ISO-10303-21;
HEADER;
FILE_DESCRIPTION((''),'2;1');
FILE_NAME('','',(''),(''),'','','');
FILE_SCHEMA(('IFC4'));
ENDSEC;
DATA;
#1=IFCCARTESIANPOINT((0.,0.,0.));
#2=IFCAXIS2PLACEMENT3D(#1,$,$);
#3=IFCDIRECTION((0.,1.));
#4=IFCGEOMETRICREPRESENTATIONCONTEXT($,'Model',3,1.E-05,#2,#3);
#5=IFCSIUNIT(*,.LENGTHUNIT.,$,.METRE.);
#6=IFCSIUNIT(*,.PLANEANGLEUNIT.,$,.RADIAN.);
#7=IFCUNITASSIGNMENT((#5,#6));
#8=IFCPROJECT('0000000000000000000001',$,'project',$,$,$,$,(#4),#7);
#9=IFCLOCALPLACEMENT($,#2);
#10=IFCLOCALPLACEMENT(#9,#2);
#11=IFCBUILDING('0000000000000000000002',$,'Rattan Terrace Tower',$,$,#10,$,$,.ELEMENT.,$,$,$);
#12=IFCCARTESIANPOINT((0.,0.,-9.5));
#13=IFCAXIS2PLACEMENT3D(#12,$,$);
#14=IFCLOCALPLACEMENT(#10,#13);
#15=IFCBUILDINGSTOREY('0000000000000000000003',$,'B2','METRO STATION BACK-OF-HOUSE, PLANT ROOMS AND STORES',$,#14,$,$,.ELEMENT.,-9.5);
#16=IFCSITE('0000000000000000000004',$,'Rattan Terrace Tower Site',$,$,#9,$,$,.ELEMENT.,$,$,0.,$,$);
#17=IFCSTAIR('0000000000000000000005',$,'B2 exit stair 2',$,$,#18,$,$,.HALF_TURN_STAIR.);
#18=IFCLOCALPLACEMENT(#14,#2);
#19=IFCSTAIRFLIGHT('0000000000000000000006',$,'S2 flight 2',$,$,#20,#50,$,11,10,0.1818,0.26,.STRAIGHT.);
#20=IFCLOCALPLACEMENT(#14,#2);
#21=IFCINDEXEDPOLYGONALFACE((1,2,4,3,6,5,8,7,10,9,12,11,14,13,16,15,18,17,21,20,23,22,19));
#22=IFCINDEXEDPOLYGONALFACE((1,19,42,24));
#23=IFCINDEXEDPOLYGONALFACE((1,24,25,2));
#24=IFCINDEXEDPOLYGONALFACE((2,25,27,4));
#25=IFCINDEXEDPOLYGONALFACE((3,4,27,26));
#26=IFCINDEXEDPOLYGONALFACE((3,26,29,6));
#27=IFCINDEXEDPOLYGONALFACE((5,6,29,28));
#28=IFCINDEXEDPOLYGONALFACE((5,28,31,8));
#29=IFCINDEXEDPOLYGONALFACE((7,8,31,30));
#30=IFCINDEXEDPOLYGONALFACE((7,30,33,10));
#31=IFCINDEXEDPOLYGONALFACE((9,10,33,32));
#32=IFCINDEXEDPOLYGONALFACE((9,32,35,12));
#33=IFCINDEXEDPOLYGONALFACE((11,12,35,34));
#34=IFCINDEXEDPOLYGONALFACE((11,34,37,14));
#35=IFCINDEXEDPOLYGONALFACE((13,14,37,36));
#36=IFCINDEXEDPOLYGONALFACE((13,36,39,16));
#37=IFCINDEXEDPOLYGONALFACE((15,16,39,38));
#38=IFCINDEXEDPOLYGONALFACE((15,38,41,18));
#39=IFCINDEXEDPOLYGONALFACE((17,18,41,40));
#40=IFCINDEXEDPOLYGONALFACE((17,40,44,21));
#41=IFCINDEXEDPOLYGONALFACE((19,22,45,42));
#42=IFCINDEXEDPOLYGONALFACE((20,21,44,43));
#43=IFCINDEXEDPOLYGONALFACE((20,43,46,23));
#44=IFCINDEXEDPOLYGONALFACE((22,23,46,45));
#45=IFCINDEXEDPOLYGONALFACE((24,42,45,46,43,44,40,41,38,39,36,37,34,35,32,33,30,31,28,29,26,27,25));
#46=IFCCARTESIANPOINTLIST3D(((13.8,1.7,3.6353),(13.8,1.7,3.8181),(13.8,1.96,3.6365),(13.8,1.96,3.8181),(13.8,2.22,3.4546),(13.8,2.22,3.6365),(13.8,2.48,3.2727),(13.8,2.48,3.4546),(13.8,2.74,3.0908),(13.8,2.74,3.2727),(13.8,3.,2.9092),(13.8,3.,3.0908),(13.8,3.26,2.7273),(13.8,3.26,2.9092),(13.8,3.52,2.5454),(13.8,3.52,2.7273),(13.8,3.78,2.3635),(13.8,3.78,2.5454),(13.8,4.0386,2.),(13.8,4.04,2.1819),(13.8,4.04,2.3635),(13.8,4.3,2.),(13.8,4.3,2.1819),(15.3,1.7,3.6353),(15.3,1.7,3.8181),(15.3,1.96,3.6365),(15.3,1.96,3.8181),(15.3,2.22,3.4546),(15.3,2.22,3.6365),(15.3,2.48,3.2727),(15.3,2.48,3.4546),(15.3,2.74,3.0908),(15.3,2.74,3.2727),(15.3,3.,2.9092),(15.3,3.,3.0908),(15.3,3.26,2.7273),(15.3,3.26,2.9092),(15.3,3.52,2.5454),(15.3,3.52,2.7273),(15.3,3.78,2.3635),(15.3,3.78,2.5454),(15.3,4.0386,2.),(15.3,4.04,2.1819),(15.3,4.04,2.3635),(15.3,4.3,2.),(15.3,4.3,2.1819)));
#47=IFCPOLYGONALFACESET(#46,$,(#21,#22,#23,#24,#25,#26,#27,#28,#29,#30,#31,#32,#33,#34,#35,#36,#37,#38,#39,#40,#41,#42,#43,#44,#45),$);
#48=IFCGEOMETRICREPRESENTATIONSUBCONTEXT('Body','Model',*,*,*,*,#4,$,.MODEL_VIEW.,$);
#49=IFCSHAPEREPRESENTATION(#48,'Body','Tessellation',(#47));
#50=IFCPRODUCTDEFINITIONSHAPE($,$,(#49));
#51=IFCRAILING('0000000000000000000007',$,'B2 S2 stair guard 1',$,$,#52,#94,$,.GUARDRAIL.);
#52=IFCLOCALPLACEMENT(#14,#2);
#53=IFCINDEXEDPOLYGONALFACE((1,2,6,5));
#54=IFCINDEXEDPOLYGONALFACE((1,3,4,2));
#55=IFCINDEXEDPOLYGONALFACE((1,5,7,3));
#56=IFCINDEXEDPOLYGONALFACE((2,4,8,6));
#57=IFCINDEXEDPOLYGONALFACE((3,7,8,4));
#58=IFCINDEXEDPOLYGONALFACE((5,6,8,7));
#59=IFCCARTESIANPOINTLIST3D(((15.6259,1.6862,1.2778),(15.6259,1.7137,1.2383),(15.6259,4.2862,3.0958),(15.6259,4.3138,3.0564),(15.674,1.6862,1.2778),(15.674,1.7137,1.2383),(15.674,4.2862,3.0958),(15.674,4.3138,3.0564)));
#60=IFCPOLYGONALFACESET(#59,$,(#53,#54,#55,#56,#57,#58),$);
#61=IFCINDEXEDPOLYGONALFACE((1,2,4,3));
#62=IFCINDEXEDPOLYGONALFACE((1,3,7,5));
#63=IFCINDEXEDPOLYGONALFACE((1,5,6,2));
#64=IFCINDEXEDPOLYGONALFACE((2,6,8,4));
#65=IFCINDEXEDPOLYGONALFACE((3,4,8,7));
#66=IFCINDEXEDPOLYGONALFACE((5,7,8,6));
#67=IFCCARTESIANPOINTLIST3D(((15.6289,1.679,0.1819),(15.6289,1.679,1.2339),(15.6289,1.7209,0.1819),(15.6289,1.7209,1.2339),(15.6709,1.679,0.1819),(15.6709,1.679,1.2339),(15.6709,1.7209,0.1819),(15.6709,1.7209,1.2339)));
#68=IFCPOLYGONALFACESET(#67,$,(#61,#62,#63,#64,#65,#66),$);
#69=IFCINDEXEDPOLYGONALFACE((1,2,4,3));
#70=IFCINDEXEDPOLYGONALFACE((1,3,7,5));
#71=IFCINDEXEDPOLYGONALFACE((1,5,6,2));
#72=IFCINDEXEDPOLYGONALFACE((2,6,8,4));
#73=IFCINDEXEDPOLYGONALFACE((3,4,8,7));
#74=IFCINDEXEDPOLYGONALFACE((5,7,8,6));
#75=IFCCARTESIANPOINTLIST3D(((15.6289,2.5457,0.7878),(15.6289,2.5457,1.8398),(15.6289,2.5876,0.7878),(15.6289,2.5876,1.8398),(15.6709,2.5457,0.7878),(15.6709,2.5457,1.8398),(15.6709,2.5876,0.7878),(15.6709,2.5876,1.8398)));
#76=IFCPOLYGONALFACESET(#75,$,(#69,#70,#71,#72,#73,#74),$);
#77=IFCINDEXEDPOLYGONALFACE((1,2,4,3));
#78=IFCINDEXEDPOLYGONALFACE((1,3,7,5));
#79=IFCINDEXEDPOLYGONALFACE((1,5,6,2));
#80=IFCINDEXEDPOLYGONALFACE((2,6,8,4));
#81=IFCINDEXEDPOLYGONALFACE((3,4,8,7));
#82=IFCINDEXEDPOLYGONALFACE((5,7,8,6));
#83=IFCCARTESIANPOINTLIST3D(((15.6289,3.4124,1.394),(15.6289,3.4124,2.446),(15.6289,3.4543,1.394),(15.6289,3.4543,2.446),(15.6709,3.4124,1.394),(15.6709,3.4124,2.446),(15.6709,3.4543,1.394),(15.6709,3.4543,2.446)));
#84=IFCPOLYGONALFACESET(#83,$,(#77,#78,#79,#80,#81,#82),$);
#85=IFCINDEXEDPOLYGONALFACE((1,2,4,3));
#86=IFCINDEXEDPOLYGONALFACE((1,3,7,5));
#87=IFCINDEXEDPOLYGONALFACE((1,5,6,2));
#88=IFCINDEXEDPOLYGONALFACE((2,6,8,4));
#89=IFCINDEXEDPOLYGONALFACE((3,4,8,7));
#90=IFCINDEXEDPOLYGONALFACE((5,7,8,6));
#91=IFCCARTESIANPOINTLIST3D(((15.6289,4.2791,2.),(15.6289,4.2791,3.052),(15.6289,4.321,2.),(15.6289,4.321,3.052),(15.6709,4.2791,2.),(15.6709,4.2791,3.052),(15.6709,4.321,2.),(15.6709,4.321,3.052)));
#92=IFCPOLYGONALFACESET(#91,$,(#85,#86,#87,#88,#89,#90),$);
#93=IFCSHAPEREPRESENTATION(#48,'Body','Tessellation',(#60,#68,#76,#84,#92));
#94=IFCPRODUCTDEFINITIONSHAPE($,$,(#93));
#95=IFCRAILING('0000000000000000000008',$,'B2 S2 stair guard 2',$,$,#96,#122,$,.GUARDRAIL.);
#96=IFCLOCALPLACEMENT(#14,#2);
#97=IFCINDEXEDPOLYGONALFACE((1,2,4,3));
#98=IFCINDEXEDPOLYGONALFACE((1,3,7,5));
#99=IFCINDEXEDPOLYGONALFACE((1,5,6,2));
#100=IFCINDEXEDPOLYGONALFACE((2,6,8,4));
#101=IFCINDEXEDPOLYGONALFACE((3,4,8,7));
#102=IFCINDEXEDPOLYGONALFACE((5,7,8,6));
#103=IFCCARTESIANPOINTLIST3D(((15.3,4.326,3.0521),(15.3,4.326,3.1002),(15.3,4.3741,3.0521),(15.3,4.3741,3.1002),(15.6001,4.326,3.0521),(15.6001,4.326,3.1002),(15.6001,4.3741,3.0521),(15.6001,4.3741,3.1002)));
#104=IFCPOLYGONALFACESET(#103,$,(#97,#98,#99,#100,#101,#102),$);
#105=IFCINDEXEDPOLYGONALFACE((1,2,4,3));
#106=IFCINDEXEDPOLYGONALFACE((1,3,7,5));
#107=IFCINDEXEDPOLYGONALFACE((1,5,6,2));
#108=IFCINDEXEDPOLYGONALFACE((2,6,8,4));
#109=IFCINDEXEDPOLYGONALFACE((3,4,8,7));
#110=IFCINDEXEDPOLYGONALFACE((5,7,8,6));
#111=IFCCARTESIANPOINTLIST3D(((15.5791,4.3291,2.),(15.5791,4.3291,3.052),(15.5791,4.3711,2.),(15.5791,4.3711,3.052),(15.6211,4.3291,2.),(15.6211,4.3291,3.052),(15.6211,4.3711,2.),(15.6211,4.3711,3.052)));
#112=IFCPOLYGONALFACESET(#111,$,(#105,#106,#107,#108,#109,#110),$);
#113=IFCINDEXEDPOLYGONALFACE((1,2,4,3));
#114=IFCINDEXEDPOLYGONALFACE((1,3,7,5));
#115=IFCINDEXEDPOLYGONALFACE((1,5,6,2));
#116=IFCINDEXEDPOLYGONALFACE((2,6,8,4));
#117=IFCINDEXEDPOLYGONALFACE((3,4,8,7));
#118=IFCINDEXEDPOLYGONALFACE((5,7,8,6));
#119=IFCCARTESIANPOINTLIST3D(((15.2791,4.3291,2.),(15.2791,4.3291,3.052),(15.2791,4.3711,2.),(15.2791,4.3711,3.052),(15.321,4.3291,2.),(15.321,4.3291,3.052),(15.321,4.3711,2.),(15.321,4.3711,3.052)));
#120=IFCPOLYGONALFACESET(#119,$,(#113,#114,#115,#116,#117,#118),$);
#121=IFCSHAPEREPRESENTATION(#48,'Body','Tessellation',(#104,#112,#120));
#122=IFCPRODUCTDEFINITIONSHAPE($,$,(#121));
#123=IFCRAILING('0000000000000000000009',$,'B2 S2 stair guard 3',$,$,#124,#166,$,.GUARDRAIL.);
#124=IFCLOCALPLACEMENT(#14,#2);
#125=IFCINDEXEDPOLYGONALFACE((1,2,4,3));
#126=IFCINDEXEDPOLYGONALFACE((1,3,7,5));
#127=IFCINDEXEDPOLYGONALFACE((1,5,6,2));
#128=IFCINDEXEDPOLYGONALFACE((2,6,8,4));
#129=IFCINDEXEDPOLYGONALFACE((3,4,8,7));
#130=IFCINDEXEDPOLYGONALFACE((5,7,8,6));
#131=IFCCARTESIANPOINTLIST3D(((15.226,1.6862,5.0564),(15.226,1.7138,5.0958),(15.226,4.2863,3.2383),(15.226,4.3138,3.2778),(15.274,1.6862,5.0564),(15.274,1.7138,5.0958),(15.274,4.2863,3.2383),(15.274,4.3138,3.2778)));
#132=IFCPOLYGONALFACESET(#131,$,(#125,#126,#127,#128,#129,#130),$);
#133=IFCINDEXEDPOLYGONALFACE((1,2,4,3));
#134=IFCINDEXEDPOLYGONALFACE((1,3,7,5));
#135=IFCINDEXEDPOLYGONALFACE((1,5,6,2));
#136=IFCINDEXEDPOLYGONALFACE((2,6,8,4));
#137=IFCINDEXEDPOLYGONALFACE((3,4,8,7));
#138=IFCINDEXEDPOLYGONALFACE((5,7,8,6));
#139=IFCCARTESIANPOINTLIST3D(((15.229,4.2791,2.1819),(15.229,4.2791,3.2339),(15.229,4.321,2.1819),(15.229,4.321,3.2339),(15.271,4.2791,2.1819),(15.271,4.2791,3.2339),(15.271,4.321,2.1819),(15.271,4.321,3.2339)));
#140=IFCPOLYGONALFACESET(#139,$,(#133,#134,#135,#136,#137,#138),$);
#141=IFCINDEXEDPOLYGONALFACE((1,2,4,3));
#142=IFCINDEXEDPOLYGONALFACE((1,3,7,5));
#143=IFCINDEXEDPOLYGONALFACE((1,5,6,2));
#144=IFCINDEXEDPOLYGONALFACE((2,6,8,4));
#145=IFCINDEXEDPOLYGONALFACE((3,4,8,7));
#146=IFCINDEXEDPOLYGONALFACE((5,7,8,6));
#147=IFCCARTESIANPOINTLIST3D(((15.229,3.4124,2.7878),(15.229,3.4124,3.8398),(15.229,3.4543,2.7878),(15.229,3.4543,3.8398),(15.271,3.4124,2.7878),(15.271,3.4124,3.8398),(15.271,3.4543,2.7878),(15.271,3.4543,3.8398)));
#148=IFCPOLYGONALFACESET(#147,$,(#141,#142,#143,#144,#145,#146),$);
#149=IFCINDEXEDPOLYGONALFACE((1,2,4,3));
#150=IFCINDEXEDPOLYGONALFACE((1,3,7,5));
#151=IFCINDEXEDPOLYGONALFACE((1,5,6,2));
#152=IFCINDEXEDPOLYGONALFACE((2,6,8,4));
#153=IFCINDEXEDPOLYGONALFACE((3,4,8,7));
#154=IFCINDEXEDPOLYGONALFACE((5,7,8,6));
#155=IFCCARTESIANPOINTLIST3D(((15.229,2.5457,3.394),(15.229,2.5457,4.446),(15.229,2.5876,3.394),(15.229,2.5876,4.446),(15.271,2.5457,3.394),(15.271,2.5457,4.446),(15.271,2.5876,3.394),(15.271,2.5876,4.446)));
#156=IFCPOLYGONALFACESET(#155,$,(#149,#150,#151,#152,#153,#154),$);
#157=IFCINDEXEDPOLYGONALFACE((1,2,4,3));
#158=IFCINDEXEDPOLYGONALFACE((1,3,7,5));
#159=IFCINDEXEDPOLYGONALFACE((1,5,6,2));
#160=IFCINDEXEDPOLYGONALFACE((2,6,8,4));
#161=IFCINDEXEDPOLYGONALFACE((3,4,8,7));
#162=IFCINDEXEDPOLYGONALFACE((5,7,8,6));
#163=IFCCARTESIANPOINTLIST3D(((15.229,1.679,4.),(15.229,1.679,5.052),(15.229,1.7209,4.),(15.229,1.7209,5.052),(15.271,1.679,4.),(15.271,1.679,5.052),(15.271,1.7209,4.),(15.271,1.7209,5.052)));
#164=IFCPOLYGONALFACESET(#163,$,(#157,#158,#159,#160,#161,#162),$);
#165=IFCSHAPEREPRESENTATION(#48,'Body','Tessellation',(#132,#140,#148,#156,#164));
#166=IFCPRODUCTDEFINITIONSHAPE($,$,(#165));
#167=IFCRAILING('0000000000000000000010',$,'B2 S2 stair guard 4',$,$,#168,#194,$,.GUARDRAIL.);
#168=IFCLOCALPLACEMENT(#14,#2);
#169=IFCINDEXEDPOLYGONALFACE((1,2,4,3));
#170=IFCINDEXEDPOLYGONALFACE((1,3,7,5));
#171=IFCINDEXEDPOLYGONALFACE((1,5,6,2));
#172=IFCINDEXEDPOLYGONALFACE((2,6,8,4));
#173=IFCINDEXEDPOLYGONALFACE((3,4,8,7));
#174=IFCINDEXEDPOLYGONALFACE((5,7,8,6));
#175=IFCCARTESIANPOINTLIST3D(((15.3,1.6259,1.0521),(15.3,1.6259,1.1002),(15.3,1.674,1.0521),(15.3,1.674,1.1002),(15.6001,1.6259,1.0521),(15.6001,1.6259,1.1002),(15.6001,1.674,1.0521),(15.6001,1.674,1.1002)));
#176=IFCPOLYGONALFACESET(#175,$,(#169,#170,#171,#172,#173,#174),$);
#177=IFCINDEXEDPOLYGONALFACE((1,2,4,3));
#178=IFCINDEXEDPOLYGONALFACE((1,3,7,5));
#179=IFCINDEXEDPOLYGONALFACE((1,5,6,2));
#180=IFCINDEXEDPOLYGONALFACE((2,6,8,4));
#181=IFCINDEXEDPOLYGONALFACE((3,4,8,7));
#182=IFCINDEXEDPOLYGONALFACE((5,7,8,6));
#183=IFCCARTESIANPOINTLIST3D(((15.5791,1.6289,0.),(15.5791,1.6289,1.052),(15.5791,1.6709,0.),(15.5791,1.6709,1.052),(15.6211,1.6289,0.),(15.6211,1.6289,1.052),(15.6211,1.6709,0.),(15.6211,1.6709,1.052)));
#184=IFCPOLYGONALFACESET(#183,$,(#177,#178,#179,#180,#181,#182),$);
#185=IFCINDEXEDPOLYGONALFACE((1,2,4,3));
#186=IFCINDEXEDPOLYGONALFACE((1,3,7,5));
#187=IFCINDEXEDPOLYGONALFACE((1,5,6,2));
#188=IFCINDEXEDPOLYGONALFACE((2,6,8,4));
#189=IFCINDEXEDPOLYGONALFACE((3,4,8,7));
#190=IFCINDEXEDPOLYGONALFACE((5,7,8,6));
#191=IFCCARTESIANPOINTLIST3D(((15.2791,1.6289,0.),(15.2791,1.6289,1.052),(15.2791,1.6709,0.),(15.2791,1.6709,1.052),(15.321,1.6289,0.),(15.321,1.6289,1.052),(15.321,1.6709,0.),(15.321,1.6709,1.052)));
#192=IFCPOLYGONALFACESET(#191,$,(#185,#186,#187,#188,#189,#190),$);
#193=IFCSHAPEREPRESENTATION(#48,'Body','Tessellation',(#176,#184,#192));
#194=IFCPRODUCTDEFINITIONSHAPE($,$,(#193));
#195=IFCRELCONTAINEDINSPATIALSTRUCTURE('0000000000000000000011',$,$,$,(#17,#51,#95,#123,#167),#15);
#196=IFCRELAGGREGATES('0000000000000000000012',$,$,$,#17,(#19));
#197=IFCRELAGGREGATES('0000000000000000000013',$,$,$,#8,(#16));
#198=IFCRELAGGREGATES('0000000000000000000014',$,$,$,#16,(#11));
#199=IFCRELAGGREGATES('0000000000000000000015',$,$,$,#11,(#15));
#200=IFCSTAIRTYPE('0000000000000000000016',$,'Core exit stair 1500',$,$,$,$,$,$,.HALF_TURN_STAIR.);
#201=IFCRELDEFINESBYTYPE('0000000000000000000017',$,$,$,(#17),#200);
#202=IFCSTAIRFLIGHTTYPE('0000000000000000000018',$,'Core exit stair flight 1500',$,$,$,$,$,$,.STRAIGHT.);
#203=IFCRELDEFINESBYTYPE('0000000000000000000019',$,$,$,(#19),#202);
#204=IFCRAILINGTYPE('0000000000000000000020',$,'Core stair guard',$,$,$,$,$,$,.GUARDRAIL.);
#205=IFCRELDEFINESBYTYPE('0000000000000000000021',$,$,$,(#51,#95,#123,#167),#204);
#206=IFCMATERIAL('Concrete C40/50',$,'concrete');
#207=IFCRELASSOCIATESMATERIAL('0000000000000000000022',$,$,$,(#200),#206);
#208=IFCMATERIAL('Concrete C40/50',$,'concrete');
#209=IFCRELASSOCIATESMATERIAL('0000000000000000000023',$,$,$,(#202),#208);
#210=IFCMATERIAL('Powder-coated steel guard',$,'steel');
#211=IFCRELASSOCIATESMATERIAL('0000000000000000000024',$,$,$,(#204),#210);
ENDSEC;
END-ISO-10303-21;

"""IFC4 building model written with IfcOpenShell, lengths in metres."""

from ifc_helpers import new_model, si_unit, direction, frame, origin, origin_2d, place, context, subcontext, project, spatial, polyline, rectangle, outline, extrude, material, type_object, element, aggregate, save


model = new_model("IFC4")

# Units and contexts
model_context = context("Model", 3, precision=1e-05, world=origin(), true_north=direction((0.0, 1.0)))
body_context = subcontext(model_context, "Body", "Model", "MODEL_VIEW")
ifc_project = project(units=[si_unit("LENGTHUNIT", "METRE"), si_unit("PLANEANGLEUNIT", "RADIAN")], contexts=[model_context])

# Site, building, storey
site_placement = place(None, origin())
site = spatial("IfcSite", under=ifc_project, at=site_placement, Name="Rattan Terrace Tower Site", CompositionType="ELEMENT", RefElevation=0.0)
building_placement = place(site_placement, origin())
building = spatial("IfcBuilding", under=site, at=building_placement, Name="Rattan Terrace Tower", CompositionType="ELEMENT")
storey_placement = place(building_placement, frame((0.0, 0.0, -9.5)))
storey = spatial("IfcBuildingStorey", under=building, at=storey_placement, Name="B2", Description="METRO STATION BACK-OF-HOUSE, PLANT ROOMS AND STORES", CompositionType="ELEMENT", Elevation=-9.5)

# Stair, stair flight
ifc_material_1 = material(Name="Concrete C40/50", Category="concrete")
stair_type = type_object("IfcStairType", Name="Core exit stair 1500", PredefinedType="HALF_TURN_STAIR", material=ifc_material_1)
stair_placement = place(storey_placement, origin())
stair = element("IfcStair", 1, at=stair_placement, inside=storey, type_object=stair_type, Name="B2 exit stair 2", PredefinedType="HALF_TURN_STAIR")
ifc_material_2 = material(Name="Concrete C40/50", Category="concrete")
stair_flight_type = type_object("IfcStairFlightType", Name="Core exit stair flight 1500", PredefinedType="STRAIGHT", material=ifc_material_2)
stair_flight_1_placement = place(storey_placement, frame((14.55, 4.3, 2.0), z_axis=(0.0, 0.0, 1.0), x_axis=(0.0, -1.0, 0.0)))
stair_flight_1 = element("IfcStairFlight", 2, at=stair_flight_1_placement, type_object=stair_flight_type, Name="S2 flight 2", NumberOfRisers=11, NumberOfTreads=10, PredefinedType="STRAIGHT", RiserHeight=0.1818, TreadLength=0.26, context=body_context, shape_type="SweptSolid", body=[
    extrude(outline(polyline([(0.0, 0.0), (0.0, 0.1819), (0.26, 0.1819), (0.26, 0.3635), (0.52, 0.3635), (0.52, 0.5454), (0.78, 0.5454), (0.78, 0.7273), (1.04, 0.7273), (1.04, 0.9092), (1.3, 0.9092), (1.3, 1.0908), (1.5601, 1.0908), (1.5601, 1.2727), (1.8201, 1.2727), (1.8201, 1.4546), (2.0801, 1.4546), (2.0801, 1.6365), (2.3401, 1.6365), (2.3401, 1.8181), (2.6001, 1.8181), (2.6001, 2.0), (2.6001, 1.6353), (0.2615, 0.0), (0.0, 0.0)])), frame((0.0, 0.75, 0.0), z_axis=(0.0, -1.0, 0.0), x_axis=(1.0, 0.0, 0.0)), (0.0, 0.0, 1.0), 1.5),
])
aggregate(stair, [stair_flight_1])

# Railings
ifc_material_3 = material(Name="Powder-coated steel guard", Category="steel")
railing_type_1 = type_object("IfcRailingType", Name="Core stair guard", PredefinedType="GUARDRAIL", material=ifc_material_3)
railing_1_placement = place(storey_placement, frame((15.6499, 1.7, 0.1819)))
element("IfcRailing", 3, at=railing_1_placement, inside=storey, type_object=railing_type_1, Name="B2 S2 stair guard 1", PredefinedType="GUARDRAIL", context=body_context, shape_type="SweptSolid", body=[
    extrude(rectangle(XDim=0.0481, YDim=0.0481, at=origin_2d()), frame((0.0, 0.0, 1.0762), z_axis=(0.0, 0.819521, 0.573049), x_axis=(-1.0, 0.0, 0.0)), (0.0, 0.0, 1.0), 3.1726),
    extrude(rectangle(XDim=0.042, YDim=0.042, at=origin_2d()), origin(), (0.0, 0.0, 1.0), 1.052),
    extrude(rectangle(XDim=0.042, YDim=0.042, at=origin_2d()), frame((0.0, 0.8667, 0.606)), (0.0, 0.0, 1.0), 1.052),
    extrude(rectangle(XDim=0.042, YDim=0.042, at=origin_2d()), frame((0.0, 1.7334, 1.2122)), (0.0, 0.0, 1.0), 1.052),
    extrude(rectangle(XDim=0.042, YDim=0.042, at=origin_2d()), frame((0.0, 2.6001, 1.8181)), (0.0, 0.0, 1.0), 1.052),
])
railing_2_placement = place(storey_placement, frame((15.6001, 4.3501, 2.0)))
element("IfcRailing", 4, at=railing_2_placement, inside=storey, type_object=railing_type_1, Name="B2 S2 stair guard 2", PredefinedType="GUARDRAIL", context=body_context, shape_type="SweptSolid", body=[
    extrude(rectangle(XDim=0.0481, YDim=0.0481, at=origin_2d()), frame((0.0, 0.0, 1.0762), z_axis=(-1.0, 0.0, 0.0), x_axis=(0.0, -1.0, 0.0)), (0.0, 0.0, 1.0), 0.3),
    extrude(rectangle(XDim=0.042, YDim=0.042, at=origin_2d()), origin(), (0.0, 0.0, 1.0), 1.052),
    extrude(rectangle(XDim=0.042, YDim=0.042, at=origin_2d()), frame((-0.3, 0.0, 0.0)), (0.0, 0.0, 1.0), 1.052),
])
railing_3_placement = place(storey_placement, frame((15.25, 4.3, 2.1819)))
element("IfcRailing", 5, at=railing_3_placement, inside=storey, type_object=railing_type_1, Name="B2 S2 stair guard 3", PredefinedType="GUARDRAIL", context=body_context, shape_type="SweptSolid", body=[
    extrude(rectangle(XDim=0.0481, YDim=0.0481, at=origin_2d()), frame((0.0, 0.0, 1.0762), z_axis=(0.0, -0.819521, 0.573049), x_axis=(1.0, 0.0, 0.0)), (0.0, 0.0, 1.0), 3.1726),
    extrude(rectangle(XDim=0.042, YDim=0.042, at=origin_2d()), origin(), (0.0, 0.0, 1.0), 1.052),
    extrude(rectangle(XDim=0.042, YDim=0.042, at=origin_2d()), frame((0.0, -0.8667, 0.606)), (0.0, 0.0, 1.0), 1.052),
    extrude(rectangle(XDim=0.042, YDim=0.042, at=origin_2d()), frame((0.0, -1.7334, 1.2122)), (0.0, 0.0, 1.0), 1.052),
    extrude(rectangle(XDim=0.042, YDim=0.042, at=origin_2d()), frame((0.0, -2.6001, 1.8181)), (0.0, 0.0, 1.0), 1.052),
])
railing_4_placement = place(storey_placement, frame((15.6001, 1.6499, 0.0)))
element("IfcRailing", 6, at=railing_4_placement, inside=storey, type_object=railing_type_1, Name="B2 S2 stair guard 4", PredefinedType="GUARDRAIL", context=body_context, shape_type="SweptSolid", body=[
    extrude(rectangle(XDim=0.0481, YDim=0.0481, at=origin_2d()), frame((0.0, 0.0, 1.0762), z_axis=(-1.0, 0.0, 0.0), x_axis=(0.0, -1.0, 0.0)), (0.0, 0.0, 1.0), 0.3),
    extrude(rectangle(XDim=0.042, YDim=0.042, at=origin_2d()), origin(), (0.0, 0.0, 1.0), 1.052),
    extrude(rectangle(XDim=0.042, YDim=0.042, at=origin_2d()), frame((-0.3, 0.0, 0.0)), (0.0, 0.0, 1.0), 1.052),
])

save(model, "model.ifc")
